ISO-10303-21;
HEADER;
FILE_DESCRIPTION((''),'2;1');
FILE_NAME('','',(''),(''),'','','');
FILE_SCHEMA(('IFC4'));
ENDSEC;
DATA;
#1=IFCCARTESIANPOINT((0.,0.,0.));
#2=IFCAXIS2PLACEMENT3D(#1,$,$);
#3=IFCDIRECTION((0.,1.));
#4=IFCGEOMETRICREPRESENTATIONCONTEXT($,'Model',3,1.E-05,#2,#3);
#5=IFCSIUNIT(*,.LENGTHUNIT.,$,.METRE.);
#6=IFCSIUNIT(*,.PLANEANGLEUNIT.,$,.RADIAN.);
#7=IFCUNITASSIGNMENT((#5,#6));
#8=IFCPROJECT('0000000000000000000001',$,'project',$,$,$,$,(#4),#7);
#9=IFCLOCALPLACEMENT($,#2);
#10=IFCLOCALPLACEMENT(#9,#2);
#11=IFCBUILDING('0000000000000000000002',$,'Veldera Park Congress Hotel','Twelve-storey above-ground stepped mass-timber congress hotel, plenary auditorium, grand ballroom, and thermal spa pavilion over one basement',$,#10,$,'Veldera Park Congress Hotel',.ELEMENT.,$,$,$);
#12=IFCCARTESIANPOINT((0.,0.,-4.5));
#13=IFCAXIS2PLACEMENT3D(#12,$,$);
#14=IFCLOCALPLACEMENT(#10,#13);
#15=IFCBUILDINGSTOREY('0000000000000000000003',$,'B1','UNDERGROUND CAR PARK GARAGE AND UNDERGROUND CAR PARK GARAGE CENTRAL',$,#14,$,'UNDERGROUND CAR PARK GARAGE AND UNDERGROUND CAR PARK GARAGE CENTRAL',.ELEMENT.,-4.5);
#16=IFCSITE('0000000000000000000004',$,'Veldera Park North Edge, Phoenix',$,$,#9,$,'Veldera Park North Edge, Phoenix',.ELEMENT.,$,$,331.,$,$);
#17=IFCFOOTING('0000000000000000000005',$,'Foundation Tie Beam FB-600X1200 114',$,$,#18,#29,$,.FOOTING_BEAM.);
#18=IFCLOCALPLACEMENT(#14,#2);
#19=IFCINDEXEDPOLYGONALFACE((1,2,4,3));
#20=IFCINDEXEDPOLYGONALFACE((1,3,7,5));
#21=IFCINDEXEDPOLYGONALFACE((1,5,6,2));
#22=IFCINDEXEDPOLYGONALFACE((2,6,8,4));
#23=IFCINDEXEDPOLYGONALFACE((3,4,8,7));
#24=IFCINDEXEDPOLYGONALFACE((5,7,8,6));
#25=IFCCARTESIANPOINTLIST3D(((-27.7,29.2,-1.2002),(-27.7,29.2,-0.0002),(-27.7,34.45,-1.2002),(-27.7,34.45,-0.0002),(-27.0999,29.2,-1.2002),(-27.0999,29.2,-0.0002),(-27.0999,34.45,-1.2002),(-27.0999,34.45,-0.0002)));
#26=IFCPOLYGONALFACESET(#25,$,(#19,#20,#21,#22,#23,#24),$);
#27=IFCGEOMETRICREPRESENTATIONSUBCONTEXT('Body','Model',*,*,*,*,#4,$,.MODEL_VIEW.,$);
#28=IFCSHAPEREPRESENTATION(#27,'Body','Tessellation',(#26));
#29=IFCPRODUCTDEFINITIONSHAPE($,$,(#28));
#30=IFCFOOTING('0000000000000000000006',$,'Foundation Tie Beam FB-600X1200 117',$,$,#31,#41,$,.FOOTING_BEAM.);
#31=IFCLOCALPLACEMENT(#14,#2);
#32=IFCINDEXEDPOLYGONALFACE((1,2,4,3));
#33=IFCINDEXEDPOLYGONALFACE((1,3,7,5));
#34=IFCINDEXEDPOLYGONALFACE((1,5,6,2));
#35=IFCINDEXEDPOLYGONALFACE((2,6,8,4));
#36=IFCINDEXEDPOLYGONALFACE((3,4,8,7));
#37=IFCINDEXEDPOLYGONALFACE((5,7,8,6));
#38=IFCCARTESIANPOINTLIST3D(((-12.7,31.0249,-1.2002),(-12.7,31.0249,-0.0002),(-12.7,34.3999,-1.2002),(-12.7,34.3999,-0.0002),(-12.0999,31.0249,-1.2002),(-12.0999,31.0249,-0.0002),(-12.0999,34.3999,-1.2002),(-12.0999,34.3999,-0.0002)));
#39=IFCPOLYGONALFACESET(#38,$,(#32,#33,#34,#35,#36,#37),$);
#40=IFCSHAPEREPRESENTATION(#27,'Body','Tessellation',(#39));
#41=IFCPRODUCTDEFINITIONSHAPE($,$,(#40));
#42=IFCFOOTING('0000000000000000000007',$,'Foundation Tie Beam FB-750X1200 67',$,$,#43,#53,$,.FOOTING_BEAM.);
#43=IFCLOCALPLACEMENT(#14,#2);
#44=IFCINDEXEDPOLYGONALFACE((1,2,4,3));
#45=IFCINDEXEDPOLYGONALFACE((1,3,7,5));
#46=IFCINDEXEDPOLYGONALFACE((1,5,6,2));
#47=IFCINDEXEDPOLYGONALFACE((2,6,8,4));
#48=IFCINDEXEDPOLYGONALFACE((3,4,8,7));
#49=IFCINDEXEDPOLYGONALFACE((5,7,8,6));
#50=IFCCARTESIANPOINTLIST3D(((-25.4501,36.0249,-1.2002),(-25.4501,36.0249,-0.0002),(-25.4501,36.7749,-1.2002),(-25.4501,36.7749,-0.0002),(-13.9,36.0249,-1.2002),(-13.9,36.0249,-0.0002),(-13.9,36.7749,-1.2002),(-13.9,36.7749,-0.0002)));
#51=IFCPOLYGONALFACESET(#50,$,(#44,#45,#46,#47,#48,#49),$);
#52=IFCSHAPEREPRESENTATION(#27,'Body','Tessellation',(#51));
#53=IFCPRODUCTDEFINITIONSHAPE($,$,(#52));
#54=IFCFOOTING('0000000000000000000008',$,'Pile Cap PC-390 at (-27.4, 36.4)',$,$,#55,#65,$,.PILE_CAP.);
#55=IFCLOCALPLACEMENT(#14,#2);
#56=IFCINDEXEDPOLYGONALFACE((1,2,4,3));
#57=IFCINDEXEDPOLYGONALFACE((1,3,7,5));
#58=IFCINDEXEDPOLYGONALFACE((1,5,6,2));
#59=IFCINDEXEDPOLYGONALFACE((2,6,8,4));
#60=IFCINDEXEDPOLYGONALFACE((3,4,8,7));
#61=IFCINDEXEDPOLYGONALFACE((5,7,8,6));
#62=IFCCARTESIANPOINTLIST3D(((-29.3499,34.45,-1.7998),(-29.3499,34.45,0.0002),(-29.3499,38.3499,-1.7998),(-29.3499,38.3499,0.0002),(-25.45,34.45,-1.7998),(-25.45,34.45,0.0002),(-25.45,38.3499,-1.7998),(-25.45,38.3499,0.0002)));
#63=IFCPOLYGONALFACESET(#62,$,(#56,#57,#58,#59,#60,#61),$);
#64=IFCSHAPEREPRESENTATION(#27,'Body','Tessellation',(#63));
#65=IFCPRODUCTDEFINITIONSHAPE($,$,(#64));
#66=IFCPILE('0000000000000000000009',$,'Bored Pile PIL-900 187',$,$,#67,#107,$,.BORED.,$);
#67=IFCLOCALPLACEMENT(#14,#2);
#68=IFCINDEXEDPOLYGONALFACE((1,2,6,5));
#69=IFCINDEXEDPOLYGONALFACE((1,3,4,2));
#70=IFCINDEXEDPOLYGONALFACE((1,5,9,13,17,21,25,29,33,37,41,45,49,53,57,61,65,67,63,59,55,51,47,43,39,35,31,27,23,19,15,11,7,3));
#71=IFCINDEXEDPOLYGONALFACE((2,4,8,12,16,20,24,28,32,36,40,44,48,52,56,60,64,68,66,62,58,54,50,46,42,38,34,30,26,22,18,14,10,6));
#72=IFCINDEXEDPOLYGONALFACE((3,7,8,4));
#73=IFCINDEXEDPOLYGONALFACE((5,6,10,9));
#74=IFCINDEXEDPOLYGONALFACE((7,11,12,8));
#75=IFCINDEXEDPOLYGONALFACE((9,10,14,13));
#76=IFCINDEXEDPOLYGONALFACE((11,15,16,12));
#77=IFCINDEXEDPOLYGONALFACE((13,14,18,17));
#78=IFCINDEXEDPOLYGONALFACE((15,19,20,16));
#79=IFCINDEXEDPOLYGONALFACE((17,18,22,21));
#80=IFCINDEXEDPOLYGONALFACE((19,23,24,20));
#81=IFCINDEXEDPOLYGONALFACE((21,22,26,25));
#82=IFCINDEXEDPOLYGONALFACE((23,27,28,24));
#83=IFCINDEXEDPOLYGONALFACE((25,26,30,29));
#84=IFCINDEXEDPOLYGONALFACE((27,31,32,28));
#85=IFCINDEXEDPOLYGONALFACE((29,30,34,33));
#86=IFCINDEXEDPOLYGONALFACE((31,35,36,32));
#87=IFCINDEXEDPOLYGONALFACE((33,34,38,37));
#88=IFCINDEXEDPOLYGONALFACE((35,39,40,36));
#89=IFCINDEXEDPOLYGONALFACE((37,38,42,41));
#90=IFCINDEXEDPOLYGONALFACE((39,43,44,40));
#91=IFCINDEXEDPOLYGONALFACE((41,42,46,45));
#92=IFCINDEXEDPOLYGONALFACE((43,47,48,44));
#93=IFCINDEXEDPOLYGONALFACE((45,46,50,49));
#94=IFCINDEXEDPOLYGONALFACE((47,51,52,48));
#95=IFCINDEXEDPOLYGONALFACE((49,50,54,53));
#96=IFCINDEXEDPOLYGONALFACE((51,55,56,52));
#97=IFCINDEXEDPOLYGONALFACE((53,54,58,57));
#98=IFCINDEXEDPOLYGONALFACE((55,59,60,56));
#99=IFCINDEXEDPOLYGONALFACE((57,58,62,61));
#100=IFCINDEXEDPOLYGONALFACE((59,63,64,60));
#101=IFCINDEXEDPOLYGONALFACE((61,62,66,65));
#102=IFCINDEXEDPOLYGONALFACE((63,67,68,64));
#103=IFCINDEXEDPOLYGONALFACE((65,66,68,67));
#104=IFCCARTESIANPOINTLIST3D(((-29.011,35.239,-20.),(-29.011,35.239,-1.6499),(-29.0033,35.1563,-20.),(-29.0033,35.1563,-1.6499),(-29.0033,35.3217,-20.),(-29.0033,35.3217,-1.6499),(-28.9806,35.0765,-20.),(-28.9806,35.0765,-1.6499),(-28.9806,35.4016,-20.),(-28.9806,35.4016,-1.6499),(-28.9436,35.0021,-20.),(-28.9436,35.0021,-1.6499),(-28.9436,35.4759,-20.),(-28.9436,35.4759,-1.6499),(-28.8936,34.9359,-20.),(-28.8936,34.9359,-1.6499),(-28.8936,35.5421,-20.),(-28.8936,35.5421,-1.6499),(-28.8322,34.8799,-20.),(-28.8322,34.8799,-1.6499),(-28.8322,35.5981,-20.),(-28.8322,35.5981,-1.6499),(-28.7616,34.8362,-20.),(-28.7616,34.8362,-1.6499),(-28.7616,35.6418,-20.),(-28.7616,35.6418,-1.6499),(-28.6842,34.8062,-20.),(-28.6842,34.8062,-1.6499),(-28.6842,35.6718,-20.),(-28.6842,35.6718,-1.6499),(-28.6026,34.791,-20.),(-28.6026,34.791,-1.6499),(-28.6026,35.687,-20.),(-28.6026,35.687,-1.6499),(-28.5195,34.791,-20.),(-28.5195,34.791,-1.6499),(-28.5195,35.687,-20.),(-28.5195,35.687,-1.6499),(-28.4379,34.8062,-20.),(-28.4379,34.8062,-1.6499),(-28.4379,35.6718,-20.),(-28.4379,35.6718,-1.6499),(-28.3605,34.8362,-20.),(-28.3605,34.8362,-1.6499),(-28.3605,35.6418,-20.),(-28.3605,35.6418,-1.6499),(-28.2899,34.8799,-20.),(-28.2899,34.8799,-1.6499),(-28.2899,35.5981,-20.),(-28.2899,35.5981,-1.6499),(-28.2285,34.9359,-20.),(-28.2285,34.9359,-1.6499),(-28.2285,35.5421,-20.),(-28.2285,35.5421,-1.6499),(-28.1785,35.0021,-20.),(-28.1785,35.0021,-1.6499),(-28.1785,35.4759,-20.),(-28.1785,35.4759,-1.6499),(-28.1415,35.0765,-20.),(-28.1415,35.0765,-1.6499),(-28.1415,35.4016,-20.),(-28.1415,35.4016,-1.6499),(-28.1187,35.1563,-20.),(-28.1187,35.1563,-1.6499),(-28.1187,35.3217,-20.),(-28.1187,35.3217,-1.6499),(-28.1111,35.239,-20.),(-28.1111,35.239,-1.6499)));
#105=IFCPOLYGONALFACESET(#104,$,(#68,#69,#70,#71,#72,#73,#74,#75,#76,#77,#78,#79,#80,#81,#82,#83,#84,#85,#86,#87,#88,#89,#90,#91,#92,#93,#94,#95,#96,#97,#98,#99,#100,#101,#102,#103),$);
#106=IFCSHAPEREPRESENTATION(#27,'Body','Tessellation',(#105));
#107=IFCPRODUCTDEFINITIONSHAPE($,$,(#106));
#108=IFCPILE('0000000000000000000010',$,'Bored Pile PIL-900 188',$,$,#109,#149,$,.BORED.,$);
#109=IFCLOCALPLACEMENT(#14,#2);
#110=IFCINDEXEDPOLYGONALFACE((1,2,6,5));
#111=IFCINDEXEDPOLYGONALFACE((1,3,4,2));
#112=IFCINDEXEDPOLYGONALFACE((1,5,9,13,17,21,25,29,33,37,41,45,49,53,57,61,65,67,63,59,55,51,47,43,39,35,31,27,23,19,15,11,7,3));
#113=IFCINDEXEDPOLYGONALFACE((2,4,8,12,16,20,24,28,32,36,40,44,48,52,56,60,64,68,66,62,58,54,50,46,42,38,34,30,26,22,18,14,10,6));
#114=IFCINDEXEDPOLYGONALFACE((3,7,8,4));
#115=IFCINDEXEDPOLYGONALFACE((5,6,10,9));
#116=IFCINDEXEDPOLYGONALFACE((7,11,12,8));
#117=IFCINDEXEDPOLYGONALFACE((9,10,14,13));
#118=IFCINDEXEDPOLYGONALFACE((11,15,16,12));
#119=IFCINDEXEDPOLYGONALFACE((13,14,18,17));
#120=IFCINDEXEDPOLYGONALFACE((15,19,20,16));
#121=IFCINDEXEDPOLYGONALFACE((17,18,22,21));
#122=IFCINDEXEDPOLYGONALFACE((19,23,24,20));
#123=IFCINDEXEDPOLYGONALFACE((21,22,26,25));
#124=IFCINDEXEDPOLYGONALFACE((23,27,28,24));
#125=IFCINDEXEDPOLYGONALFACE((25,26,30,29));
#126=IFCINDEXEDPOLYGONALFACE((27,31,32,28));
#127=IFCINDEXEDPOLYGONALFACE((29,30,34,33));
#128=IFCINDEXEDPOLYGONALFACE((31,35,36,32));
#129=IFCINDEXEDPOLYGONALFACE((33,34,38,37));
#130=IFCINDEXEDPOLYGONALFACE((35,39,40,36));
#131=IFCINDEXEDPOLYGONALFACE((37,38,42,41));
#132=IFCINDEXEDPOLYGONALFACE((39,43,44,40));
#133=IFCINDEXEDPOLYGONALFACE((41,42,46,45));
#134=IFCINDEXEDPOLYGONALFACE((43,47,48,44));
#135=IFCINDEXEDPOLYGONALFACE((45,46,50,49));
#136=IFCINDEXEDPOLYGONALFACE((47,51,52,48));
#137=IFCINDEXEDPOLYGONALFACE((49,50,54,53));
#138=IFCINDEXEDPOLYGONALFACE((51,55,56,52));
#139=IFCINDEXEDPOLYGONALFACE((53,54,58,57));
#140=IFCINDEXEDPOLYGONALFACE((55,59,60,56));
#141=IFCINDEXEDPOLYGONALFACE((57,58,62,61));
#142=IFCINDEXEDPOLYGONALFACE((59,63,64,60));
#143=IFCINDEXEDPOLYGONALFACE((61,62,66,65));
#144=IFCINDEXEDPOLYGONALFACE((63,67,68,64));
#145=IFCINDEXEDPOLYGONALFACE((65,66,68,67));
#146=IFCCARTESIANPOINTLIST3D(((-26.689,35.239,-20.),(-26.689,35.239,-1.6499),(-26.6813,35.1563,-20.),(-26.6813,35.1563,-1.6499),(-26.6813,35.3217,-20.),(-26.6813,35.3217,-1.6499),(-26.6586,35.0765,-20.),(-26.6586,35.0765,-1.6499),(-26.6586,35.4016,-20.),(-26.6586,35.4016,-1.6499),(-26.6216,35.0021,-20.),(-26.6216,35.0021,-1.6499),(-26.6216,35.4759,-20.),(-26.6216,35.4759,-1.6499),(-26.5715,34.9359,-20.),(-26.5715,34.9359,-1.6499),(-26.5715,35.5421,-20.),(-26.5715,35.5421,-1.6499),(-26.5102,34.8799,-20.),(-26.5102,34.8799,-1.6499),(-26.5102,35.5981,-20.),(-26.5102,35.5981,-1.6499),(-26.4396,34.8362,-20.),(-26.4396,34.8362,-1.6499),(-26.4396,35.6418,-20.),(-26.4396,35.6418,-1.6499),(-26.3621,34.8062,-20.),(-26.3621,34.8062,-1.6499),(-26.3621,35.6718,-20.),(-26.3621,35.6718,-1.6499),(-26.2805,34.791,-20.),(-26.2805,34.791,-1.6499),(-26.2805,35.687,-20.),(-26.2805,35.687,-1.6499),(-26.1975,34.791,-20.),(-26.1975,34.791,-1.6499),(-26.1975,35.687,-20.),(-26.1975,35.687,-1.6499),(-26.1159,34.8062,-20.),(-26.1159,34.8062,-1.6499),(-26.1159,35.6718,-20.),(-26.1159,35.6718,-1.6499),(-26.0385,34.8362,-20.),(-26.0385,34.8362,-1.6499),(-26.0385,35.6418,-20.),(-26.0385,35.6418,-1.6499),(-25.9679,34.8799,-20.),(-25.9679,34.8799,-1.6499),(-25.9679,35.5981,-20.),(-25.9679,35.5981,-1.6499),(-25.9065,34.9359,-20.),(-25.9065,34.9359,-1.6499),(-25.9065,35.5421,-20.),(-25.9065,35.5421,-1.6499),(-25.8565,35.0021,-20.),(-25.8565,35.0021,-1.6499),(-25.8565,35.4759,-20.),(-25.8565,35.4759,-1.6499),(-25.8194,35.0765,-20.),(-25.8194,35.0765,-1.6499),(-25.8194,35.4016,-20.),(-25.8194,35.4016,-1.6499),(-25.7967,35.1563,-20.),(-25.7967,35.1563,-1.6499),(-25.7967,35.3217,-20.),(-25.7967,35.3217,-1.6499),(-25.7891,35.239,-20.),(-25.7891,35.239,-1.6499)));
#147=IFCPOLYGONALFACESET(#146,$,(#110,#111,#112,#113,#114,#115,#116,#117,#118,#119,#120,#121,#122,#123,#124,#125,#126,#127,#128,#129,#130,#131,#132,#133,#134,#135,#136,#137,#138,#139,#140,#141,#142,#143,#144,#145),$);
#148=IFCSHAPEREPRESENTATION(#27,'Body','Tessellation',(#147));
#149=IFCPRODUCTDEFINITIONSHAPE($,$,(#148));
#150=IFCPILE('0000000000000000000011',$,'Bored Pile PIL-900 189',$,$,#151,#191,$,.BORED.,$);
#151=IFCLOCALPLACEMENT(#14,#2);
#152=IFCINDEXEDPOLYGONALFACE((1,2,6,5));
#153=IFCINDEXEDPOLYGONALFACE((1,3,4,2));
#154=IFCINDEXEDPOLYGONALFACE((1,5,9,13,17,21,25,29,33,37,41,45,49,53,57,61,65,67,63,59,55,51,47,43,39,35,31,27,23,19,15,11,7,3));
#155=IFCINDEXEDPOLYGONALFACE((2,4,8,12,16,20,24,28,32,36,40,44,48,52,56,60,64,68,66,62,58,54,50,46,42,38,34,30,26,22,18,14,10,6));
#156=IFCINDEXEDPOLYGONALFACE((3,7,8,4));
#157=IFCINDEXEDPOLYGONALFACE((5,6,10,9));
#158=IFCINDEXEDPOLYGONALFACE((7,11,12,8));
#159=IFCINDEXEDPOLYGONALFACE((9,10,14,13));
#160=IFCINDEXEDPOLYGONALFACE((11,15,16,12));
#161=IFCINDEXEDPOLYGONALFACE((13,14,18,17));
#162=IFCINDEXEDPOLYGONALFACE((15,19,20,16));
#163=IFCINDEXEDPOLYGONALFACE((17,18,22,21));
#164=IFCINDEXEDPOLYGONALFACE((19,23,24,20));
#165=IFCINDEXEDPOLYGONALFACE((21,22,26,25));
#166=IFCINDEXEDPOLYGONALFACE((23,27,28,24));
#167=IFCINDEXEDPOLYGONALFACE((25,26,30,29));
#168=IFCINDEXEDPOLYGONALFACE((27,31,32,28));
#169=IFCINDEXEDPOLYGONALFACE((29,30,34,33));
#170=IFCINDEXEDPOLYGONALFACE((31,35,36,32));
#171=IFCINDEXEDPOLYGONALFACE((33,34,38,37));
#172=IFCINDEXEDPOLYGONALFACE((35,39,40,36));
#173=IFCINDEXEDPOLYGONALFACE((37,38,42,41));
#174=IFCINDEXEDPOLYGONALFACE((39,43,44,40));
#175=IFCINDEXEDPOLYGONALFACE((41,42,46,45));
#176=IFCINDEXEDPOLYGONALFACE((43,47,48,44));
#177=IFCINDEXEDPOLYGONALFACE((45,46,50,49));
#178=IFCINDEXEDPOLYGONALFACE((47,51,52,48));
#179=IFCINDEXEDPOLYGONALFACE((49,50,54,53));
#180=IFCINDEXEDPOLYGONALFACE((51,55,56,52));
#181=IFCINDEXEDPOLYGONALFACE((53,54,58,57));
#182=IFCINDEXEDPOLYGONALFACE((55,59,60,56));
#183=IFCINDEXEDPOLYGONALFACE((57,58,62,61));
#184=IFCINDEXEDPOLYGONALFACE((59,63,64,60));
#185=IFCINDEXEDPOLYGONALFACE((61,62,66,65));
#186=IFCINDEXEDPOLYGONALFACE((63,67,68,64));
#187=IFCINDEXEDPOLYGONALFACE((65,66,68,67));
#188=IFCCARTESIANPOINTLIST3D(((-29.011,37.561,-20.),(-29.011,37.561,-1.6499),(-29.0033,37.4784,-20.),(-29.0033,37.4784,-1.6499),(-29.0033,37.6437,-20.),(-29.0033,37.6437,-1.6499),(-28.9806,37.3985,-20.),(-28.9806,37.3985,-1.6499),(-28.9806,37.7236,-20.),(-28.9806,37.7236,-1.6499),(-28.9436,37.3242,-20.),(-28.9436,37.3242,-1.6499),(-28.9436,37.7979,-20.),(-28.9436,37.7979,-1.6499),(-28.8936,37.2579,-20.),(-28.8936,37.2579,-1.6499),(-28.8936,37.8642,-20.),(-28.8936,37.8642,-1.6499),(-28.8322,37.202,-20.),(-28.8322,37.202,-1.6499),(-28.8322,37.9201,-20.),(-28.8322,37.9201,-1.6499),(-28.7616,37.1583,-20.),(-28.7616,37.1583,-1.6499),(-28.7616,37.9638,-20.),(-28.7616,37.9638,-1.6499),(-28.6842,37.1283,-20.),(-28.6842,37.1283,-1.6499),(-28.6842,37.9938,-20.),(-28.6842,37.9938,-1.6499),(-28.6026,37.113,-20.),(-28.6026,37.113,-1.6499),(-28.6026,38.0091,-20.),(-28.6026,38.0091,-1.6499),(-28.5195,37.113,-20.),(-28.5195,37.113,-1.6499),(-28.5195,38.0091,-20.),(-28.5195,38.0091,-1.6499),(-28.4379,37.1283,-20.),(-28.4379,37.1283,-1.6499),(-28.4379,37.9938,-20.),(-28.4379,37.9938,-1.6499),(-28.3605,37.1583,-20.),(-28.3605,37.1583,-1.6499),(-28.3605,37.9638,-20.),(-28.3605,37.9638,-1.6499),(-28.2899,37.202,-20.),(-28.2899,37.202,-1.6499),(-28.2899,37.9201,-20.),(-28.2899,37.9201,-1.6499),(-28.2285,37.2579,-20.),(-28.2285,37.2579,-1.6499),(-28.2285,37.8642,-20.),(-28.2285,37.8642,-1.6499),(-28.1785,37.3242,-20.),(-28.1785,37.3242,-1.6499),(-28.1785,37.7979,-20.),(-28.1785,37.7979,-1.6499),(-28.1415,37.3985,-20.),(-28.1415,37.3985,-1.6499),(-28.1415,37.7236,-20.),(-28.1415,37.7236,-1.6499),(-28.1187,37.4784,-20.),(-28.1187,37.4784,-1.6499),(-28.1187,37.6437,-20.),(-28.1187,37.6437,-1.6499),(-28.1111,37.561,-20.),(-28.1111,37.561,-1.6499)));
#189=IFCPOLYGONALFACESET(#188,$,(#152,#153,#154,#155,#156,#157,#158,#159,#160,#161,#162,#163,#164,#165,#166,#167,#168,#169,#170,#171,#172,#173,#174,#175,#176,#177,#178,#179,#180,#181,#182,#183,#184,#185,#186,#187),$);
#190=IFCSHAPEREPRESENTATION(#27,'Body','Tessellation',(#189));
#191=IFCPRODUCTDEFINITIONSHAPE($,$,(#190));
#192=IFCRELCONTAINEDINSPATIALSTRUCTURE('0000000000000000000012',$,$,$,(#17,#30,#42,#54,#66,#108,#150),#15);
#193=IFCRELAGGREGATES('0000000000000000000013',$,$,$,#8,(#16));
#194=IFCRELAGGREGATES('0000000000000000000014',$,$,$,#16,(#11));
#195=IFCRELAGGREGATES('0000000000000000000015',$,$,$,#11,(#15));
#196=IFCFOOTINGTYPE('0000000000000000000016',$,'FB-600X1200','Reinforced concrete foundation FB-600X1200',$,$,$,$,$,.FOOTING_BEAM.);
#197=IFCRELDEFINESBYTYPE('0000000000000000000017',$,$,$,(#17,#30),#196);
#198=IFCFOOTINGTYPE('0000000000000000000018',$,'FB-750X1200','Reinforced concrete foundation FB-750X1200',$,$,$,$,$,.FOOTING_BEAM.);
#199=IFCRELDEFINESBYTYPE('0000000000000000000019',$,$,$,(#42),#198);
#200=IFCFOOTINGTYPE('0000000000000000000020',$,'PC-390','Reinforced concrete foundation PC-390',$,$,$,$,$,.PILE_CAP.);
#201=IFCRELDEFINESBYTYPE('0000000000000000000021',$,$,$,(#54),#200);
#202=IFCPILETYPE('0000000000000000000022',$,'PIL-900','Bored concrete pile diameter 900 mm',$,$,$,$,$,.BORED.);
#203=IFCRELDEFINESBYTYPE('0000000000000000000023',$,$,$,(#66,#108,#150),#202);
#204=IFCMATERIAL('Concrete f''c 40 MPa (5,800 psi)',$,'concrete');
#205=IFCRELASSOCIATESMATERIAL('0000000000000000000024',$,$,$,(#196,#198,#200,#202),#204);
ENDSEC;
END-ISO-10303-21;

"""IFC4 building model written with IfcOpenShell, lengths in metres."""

from ifc_helpers import new_model, si_unit, direction, frame, origin, origin_2d, place, context, subcontext, project, spatial, rectangle, circle, extrude, material, material_profile, profile_set, type_object, element, save


model = new_model("IFC4")

# Units and contexts
model_context = context("Model", 3, precision=1e-05, world=origin(), true_north=direction((0.0, 1.0)))
body_context = subcontext(model_context, "Body", "Model", "MODEL_VIEW")
ifc_project = project(units=[si_unit("LENGTHUNIT", "METRE"), si_unit("PLANEANGLEUNIT", "RADIAN")], contexts=[model_context])

# Site, building, storey
site_placement = place(None, origin())
site = spatial("IfcSite", under=ifc_project, at=site_placement, Name="Veldera Park North Edge, Phoenix", LongName="Veldera Park North Edge, Phoenix", CompositionType="ELEMENT", RefElevation=331.0)
building_placement = place(site_placement, origin())
building = spatial("IfcBuilding", under=site, at=building_placement, Name="Veldera Park Congress Hotel", Description="Twelve-storey above-ground stepped mass-timber congress hotel, plenary auditorium, grand ballroom, and thermal spa pavilion over one basement", LongName="Veldera Park Congress Hotel", CompositionType="ELEMENT")
storey_placement = place(building_placement, frame((0.0, 0.0, -4.5)))
storey = spatial("IfcBuildingStorey", under=building, at=storey_placement, Name="B1", Description="UNDERGROUND CAR PARK GARAGE AND UNDERGROUND CAR PARK GARAGE CENTRAL", LongName="UNDERGROUND CAR PARK GARAGE AND UNDERGROUND CAR PARK GARAGE CENTRAL", CompositionType="ELEMENT", Elevation=-4.5)

# Footings
ifc_material_1 = material(Name="Concrete f'c 40 MPa (5,800 psi)", Category="concrete")
footing_type_1 = type_object("IfcFootingType", Name="FB-600X1200", Description="Reinforced concrete foundation FB-600X1200", PredefinedType="FOOTING_BEAM", material=ifc_material_1)
footing_1_placement = place(storey_placement, frame((-27.3999, 31.825, -1.2002), z_axis=(0.0, 0.0, 1.0), x_axis=(0.0, 1.0, 0.0)))
element("IfcFooting", 1, at=footing_1_placement, inside=storey, type_object=footing_type_1, Name="Foundation Tie Beam FB-600X1200 114", PredefinedType="FOOTING_BEAM", context=body_context, shape_type="SweptSolid", body=[
    extrude(rectangle(XDim=5.25, YDim=0.6001, at=origin_2d()), origin(), (0.0, 0.0, 1.0), 1.2),
])
footing_2_placement = place(storey_placement, frame((-12.3999, 32.7124, -1.2002), z_axis=(0.0, 0.0, 1.0), x_axis=(0.0, 1.0, 0.0)))
element("IfcFooting", 2, at=footing_2_placement, inside=storey, type_object=footing_type_1, Name="Foundation Tie Beam FB-600X1200 117", PredefinedType="FOOTING_BEAM", context=body_context, shape_type="SweptSolid", body=[
    extrude(rectangle(XDim=3.375, YDim=0.6001, at=origin_2d()), origin(), (0.0, 0.0, 1.0), 1.2),
])
footing_type_2 = type_object("IfcFootingType", Name="FB-750X1200", Description="Reinforced concrete foundation FB-750X1200", PredefinedType="FOOTING_BEAM", material=ifc_material_1)
footing_3_placement = place(storey_placement, frame((-19.675, 36.3999, -1.2002), z_axis=(0.0, 0.0, 1.0), x_axis=(1.0, 0.0, 0.0)))
element("IfcFooting", 3, at=footing_3_placement, inside=storey, type_object=footing_type_2, Name="Foundation Tie Beam FB-750X1200 67", PredefinedType="FOOTING_BEAM", context=body_context, shape_type="SweptSolid", body=[
    extrude(rectangle(XDim=11.55, YDim=0.75, at=origin_2d()), origin(), (0.0, 0.0, 1.0), 1.2),
])
footing_type_3 = type_object("IfcFootingType", Name="PC-390", Description="Reinforced concrete foundation PC-390", PredefinedType="PILE_CAP", material=ifc_material_1)
footing_4_placement = place(storey_placement, frame((-27.3999, 36.3999, -1.7998), z_axis=(0.0, 0.0, 1.0), x_axis=(1.0, 0.0, 0.0)))
element("IfcFooting", 4, at=footing_4_placement, inside=storey, type_object=footing_type_3, Name="Pile Cap PC-390 at (-27.4, 36.4)", PredefinedType="PILE_CAP", context=body_context, shape_type="SweptSolid", body=[
    extrude(rectangle(XDim=3.8999, YDim=3.8999, at=origin_2d()), origin(), (0.0, 0.0, 1.0), 1.8),
])

# Piles
ifc_material_profile_1 = material_profile(ifc_material_1, circle(Radius=0.45, at=origin_2d()), Name="PILE D900")
ifc_profile_set_1 = profile_set([ifc_material_profile_1], Name="Concrete f'c 40 MPa (5,800 psi)")
pile_type = type_object("IfcPileType", Name="PIL-900", Description="Bored concrete pile diameter 900 mm", PredefinedType="BORED", material=ifc_profile_set_1)
for number, where, z_axis, x_axis, name in (
    (5, (-28.561, 35.239, -1.6499), (0.0, 0.0, -1.0), (1.0, 0.0, 0.0), "Bored Pile PIL-900 187"),
    (6, (-26.239, 35.239, -1.6499), (0.0, 0.0, -1.0), (1.0, 0.0, 0.0), "Bored Pile PIL-900 188"),
    (7, (-28.561, 37.561, -1.6499), (0.0, 0.0, -1.0), (1.0, 0.0, 0.0), "Bored Pile PIL-900 189"),
):
    element("IfcPile", number, at=place(storey_placement, frame(where, z_axis=z_axis, x_axis=x_axis)), inside=storey, type_object=pile_type, Name=name, PredefinedType="BORED", context=body_context, shape_type="SweptSolid", body=[
        extrude(circle(Radius=0.45, at=origin_2d()), origin(), (0.0, 0.0, 1.0), 18.3501),
    ])

save(model, "model.ifc")
